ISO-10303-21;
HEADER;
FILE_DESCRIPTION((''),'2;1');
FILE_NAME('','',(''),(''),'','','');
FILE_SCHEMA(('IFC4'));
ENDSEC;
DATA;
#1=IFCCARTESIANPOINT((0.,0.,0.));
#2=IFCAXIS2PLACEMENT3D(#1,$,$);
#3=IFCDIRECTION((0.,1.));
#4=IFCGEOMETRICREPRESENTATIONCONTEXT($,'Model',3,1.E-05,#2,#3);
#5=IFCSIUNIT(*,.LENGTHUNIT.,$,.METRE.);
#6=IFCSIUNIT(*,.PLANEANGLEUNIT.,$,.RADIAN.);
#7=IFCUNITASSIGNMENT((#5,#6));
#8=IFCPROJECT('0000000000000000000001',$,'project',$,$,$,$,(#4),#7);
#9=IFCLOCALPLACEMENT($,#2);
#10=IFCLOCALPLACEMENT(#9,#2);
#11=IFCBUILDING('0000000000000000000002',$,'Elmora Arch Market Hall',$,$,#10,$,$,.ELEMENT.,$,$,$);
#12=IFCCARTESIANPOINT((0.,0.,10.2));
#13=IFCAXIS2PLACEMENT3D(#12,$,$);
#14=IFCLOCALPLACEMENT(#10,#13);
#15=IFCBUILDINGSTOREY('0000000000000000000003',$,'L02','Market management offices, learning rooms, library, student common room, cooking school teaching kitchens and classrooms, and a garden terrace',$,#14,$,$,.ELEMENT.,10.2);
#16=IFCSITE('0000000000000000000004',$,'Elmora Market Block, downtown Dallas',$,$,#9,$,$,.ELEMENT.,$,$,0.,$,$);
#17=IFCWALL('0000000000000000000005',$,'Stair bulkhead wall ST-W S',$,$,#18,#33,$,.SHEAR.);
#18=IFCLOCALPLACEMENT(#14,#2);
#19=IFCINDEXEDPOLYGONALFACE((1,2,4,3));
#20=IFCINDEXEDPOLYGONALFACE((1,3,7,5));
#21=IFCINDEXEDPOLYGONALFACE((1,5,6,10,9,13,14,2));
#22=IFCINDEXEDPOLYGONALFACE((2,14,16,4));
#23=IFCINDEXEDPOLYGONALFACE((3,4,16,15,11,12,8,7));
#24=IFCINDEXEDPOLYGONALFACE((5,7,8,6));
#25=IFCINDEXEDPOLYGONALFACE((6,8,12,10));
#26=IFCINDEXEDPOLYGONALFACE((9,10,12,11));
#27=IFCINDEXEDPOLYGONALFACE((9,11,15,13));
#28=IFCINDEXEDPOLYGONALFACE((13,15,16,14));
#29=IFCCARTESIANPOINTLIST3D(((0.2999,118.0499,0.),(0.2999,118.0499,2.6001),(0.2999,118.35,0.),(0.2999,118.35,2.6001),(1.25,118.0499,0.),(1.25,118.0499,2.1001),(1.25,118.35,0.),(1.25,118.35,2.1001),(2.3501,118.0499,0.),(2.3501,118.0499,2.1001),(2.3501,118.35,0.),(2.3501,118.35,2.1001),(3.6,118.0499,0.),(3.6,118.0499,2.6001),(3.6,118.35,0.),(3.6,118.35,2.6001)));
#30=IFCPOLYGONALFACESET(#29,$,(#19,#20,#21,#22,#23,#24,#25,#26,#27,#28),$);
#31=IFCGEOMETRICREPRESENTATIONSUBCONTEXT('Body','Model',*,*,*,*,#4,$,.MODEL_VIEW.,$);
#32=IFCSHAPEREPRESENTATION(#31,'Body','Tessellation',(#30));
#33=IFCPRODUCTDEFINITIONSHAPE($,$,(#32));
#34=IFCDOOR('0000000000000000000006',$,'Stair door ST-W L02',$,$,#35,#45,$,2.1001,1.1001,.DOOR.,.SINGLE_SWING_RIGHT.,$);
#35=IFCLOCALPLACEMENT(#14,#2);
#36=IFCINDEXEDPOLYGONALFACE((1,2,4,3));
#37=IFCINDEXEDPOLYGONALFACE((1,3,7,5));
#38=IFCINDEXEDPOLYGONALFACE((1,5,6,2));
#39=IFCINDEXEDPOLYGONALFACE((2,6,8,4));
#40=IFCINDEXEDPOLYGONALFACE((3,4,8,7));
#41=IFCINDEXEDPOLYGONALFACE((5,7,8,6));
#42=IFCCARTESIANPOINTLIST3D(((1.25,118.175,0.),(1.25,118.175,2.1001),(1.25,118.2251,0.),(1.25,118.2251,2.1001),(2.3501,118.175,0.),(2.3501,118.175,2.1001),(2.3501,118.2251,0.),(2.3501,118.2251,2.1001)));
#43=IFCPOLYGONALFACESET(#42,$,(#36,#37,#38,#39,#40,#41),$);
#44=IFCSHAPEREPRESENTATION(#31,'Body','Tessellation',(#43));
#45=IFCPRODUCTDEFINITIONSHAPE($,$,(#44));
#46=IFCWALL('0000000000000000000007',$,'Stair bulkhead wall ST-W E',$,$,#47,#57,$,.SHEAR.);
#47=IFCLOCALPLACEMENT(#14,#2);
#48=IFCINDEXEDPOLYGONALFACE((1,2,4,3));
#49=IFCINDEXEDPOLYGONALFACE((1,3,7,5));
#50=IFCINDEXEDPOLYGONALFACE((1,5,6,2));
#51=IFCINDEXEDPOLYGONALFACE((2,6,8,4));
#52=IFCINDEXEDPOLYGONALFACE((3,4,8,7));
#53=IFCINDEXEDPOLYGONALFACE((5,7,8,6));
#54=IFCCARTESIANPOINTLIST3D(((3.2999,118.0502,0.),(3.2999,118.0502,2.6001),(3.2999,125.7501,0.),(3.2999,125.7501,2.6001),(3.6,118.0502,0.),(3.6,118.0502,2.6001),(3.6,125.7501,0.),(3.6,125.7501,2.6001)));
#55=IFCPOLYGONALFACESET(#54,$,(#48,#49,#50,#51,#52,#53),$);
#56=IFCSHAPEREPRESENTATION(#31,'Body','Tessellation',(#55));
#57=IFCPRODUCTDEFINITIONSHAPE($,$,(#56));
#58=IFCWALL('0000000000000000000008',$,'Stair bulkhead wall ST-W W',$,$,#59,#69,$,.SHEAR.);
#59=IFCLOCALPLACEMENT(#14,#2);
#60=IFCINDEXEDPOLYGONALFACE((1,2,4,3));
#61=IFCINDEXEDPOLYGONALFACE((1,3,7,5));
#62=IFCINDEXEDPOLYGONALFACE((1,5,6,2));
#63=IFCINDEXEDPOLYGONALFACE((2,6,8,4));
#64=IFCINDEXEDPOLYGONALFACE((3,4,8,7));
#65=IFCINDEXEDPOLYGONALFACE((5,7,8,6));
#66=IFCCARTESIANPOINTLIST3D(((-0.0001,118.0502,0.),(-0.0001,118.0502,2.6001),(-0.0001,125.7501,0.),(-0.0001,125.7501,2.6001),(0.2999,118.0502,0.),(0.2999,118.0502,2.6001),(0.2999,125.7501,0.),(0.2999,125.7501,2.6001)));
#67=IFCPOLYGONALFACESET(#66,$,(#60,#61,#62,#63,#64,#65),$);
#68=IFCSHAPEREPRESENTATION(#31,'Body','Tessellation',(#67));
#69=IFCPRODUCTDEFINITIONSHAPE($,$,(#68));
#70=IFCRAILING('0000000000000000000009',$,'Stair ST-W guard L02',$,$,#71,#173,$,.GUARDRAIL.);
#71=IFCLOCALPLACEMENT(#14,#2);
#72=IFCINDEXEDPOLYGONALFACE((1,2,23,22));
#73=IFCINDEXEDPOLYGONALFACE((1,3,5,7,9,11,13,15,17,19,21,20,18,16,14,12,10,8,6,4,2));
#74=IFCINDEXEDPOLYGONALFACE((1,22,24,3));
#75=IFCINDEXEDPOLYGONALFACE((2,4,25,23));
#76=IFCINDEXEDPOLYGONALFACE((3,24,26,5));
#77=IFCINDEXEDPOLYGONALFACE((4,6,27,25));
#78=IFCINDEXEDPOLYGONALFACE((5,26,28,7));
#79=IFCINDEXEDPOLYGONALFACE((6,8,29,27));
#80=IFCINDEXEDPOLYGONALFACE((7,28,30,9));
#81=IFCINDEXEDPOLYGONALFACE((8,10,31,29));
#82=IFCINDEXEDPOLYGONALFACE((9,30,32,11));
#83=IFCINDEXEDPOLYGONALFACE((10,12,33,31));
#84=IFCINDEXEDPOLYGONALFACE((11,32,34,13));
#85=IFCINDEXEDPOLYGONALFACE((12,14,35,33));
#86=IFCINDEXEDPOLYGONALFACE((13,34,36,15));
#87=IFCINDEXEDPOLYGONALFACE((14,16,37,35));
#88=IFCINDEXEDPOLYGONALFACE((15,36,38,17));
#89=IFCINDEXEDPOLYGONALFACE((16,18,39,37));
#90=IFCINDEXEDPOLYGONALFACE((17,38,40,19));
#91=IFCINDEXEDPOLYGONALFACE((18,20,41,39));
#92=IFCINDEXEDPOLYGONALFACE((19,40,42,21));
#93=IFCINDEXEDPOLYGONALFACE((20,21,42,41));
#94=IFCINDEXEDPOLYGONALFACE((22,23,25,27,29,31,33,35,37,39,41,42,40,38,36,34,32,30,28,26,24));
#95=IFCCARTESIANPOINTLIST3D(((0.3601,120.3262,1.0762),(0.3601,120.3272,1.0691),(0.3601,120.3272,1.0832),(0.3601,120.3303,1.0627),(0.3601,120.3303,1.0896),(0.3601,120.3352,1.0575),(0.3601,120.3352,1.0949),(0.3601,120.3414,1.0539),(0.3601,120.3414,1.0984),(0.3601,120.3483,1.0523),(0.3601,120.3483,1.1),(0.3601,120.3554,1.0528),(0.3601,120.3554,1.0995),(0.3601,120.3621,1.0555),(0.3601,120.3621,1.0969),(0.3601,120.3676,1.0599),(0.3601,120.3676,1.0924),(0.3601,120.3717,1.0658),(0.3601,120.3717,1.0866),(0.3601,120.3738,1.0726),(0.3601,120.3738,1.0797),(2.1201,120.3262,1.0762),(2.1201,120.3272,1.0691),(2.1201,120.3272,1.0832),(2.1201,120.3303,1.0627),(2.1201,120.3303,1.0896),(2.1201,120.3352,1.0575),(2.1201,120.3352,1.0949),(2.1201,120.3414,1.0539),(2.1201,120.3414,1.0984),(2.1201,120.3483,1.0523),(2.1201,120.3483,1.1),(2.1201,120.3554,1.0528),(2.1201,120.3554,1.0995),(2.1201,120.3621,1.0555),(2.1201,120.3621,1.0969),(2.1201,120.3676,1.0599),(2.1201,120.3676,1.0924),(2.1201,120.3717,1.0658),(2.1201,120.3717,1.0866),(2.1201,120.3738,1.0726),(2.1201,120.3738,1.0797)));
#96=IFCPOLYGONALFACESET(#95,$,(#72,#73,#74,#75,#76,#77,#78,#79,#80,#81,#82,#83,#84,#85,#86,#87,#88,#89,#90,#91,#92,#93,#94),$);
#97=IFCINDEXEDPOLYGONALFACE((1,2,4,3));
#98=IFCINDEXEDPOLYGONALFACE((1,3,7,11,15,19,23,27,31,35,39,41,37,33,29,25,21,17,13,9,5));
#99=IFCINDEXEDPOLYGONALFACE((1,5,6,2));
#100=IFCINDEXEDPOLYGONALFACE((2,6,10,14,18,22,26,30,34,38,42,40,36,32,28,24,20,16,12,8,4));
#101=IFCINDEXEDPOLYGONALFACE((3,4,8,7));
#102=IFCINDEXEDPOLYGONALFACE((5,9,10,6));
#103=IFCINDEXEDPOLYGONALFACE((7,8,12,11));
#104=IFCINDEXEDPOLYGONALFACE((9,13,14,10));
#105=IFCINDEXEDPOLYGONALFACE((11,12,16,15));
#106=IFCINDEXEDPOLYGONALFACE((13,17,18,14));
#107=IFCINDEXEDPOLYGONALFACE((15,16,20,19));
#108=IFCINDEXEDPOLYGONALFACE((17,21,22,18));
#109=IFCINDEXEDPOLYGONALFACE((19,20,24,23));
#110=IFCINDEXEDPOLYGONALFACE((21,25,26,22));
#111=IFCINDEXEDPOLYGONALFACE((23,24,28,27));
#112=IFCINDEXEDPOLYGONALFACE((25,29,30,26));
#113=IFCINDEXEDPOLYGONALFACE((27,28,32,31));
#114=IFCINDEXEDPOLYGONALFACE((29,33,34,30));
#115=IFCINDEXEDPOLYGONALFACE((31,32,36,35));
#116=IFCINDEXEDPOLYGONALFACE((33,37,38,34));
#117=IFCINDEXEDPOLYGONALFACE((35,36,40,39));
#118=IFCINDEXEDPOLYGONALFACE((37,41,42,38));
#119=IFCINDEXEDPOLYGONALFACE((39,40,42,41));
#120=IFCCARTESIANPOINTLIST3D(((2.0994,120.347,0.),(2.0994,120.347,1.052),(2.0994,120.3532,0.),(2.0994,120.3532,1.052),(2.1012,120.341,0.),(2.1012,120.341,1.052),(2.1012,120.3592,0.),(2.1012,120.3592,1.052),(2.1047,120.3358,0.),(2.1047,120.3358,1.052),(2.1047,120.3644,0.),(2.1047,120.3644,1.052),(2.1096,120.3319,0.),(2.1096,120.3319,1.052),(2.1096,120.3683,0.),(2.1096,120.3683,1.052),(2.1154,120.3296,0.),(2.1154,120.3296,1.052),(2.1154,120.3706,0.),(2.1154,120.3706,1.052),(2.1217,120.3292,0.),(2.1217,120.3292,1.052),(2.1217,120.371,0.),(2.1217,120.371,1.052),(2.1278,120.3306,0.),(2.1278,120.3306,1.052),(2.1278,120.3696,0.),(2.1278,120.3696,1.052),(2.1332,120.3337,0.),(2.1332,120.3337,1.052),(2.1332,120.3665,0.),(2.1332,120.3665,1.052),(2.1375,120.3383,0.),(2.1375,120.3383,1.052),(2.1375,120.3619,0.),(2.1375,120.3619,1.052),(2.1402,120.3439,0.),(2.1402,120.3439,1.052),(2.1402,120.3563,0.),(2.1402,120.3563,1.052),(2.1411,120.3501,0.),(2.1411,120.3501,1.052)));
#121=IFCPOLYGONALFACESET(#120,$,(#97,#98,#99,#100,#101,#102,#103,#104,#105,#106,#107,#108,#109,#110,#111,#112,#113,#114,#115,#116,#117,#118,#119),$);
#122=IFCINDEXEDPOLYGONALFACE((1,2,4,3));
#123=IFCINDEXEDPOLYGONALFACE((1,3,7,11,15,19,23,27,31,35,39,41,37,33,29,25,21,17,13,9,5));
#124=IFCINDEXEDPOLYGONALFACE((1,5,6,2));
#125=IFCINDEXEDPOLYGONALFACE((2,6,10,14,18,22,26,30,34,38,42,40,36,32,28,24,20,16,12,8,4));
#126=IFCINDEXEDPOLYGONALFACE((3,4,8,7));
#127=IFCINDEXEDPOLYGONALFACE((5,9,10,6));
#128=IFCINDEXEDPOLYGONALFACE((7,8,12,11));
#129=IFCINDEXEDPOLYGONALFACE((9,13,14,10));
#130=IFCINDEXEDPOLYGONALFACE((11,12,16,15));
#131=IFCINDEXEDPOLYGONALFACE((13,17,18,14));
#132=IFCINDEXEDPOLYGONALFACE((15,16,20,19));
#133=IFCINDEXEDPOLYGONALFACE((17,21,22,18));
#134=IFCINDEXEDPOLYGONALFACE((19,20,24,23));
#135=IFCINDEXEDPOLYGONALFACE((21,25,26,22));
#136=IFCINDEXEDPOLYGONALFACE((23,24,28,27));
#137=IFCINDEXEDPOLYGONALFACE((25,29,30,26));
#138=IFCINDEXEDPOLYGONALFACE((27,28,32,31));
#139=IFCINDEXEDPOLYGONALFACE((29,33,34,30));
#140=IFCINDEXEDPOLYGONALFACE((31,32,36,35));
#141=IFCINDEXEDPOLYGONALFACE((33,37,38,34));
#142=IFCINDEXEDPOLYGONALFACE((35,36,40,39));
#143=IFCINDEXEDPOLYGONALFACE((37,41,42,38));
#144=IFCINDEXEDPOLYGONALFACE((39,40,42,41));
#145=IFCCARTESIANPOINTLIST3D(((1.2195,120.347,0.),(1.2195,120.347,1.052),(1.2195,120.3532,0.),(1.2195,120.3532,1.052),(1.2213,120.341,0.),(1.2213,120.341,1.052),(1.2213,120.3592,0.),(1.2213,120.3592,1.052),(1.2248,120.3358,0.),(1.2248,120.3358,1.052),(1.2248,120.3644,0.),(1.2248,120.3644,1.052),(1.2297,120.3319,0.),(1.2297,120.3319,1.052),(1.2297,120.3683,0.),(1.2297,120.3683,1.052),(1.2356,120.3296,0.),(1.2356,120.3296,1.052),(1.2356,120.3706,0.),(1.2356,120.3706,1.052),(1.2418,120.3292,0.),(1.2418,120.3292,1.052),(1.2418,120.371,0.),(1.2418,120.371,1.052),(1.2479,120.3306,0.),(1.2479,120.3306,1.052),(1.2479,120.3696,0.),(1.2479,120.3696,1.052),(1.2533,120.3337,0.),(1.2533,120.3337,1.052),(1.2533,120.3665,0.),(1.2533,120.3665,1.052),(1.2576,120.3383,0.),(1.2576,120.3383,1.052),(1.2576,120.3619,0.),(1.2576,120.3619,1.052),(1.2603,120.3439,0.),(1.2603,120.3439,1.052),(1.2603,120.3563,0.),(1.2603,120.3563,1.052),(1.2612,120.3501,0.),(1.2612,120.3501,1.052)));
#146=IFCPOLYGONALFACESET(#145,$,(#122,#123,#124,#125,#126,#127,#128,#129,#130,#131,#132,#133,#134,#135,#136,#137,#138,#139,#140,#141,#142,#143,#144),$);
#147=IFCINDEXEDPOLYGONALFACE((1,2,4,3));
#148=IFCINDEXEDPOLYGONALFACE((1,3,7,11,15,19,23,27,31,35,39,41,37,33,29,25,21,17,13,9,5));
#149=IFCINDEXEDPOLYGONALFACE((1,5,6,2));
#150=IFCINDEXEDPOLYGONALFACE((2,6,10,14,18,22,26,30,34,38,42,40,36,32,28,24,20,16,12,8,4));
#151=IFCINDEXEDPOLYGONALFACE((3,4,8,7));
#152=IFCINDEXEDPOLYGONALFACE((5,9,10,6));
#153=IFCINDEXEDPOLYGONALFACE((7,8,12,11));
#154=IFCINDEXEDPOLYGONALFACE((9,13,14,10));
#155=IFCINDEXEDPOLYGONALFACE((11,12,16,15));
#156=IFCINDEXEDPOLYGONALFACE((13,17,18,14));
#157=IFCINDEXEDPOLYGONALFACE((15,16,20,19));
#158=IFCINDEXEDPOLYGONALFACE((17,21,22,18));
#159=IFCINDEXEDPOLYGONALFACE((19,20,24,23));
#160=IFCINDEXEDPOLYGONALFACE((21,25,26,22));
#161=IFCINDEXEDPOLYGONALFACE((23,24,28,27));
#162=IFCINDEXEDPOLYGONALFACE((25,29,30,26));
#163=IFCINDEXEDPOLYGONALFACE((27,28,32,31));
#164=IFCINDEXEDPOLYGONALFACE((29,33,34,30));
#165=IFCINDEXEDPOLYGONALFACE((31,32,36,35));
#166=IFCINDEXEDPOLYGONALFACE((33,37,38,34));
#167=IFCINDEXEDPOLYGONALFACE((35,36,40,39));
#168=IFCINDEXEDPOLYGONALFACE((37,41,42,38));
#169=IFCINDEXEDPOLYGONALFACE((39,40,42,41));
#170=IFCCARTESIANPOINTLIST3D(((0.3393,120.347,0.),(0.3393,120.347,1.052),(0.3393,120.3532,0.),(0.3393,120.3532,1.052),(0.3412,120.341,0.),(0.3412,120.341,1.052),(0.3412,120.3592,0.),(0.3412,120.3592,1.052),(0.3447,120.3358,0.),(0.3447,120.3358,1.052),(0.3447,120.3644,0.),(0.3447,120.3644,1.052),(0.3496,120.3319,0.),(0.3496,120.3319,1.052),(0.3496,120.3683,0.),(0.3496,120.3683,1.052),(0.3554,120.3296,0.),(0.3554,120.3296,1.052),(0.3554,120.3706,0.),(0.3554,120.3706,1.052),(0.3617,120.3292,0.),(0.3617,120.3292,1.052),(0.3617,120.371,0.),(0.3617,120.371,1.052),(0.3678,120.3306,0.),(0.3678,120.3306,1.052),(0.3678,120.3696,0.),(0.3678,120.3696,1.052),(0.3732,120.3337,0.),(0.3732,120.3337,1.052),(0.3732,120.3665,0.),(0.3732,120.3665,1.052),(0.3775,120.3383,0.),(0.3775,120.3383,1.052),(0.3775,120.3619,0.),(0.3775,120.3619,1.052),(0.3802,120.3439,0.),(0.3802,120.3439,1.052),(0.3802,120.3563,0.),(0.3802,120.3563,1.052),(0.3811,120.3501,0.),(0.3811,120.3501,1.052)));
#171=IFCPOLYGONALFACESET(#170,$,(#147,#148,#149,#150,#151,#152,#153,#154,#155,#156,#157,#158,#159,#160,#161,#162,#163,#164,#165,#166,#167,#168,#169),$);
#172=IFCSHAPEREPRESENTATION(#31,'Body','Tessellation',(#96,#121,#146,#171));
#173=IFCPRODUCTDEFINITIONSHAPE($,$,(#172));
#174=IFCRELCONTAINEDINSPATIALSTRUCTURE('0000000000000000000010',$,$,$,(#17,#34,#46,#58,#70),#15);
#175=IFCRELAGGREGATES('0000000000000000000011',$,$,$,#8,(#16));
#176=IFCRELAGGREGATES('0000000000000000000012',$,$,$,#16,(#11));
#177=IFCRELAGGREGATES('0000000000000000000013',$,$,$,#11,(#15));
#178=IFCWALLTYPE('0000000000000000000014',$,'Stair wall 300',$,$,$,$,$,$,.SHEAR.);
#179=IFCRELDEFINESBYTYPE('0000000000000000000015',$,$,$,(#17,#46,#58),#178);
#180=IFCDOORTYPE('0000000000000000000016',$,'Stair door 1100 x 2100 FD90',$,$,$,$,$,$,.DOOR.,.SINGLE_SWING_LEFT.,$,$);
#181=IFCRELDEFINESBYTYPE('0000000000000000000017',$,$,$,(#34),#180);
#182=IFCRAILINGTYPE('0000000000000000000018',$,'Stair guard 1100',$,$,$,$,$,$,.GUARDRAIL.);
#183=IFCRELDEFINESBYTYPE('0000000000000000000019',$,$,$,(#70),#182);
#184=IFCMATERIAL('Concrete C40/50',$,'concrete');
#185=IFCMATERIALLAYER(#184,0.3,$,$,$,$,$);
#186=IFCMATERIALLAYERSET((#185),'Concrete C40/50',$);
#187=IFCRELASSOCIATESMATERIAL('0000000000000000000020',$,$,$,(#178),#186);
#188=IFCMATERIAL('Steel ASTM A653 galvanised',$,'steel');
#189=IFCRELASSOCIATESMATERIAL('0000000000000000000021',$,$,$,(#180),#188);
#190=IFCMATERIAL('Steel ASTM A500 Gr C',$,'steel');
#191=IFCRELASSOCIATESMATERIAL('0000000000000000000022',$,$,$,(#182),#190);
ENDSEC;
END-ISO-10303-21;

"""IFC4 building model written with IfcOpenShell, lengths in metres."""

from ifc_helpers import new_model, si_unit, direction, frame, frame_2d, origin, origin_2d, place, context, subcontext, project, spatial, rectangle, circle, extrude, material, layer, layer_set, type_object, element, fill, save


model = new_model("IFC4")

# Units and contexts
model_context = context("Model", 3, precision=1e-05, world=origin(), true_north=direction((0.0, 1.0)))
body_context = subcontext(model_context, "Body", "Model", "MODEL_VIEW")
ifc_project = project(units=[si_unit("LENGTHUNIT", "METRE"), si_unit("PLANEANGLEUNIT", "RADIAN")], contexts=[model_context])

# Site, building, storey
site_placement = place(None, origin())
site = spatial("IfcSite", under=ifc_project, at=site_placement, Name="Elmora Market Block, downtown Dallas", CompositionType="ELEMENT", RefElevation=0.0)
building_placement = place(site_placement, origin())
building = spatial("IfcBuilding", under=site, at=building_placement, Name="Elmora Arch Market Hall", CompositionType="ELEMENT")
storey_placement = place(building_placement, frame((0.0, 0.0, 10.2)))
storey = spatial("IfcBuildingStorey", under=building, at=storey_placement, Name="L02", Description="Market management offices, learning rooms, library, student common room, cooking school teaching kitchens and classrooms, and a garden terrace", CompositionType="ELEMENT", Elevation=10.2)

# Wall, opening, door
ifc_material_1 = material(Name="Concrete C40/50", Category="concrete")
ifc_layer_1 = layer(ifc_material_1, 0.3)
ifc_layer_set_1 = layer_set([ifc_layer_1], Name="Concrete C40/50")
wall_type_1 = type_object("IfcWallType", Name="Stair wall 300", PredefinedType="SHEAR", material=ifc_layer_set_1)
wall_1_placement = place(storey_placement, frame((0.3, 118.2, 0.0), z_axis=(0.0, 0.0, 1.0), x_axis=(1.0, 0.0, 0.0)))
wall_1 = element("IfcWall", 1, at=wall_1_placement, inside=storey, type_object=wall_type_1, Name="Stair bulkhead wall ST-W S", PredefinedType="SHEAR", context=body_context, shape_type="SweptSolid", body=[
    extrude(rectangle(XDim=3.3, YDim=0.3, at=frame_2d((1.6499, 0.0))), origin(), (0.0, 0.0, 1.0), 2.6001),
])
opening_1_placement = place(wall_1_placement, frame((0.95, 0.0, 0.0)))
opening_1 = element("IfcOpeningElement", 2, at=opening_1_placement, cuts=wall_1, PredefinedType="OPENING", context=body_context, shape_type="SweptSolid", body=[
    extrude(rectangle(XDim=1.1001, YDim=2.1001, at=frame_2d((0.55, 1.05))), frame((0.0, 0.1599, 0.0), z_axis=(0.0, -1.0, 0.0), x_axis=(1.0, 0.0, 0.0)), (0.0, 0.0, 1.0), 0.3201),
])
ifc_material_2 = material(Name="Steel ASTM A653 galvanised", Category="steel")
door_type_1 = type_object("IfcDoorType", Name="Stair door 1100 x 2100 FD90", OperationType="SINGLE_SWING_LEFT", PredefinedType="DOOR", material=ifc_material_2)
door_1_placement = place(opening_1_placement, frame((1.1001, 0.0, 0.0), z_axis=(0.0, 0.0, 1.0), x_axis=(-1.0, 0.0, 0.0)))
door_1 = element("IfcDoor", 3, at=door_1_placement, inside=storey, type_object=door_type_1, Name="Stair door ST-W L02", OperationType="SINGLE_SWING_RIGHT", OverallHeight=2.1001, OverallWidth=1.1001, PredefinedType="DOOR", context=body_context, shape_type="SweptSolid", body=[
    extrude(rectangle(XDim=1.1001, YDim=2.1001, at=frame_2d((0.55, 1.05))), frame((0.0, 0.0249, 0.0), z_axis=(0.0, -1.0, 0.0), x_axis=(1.0, 0.0, 0.0)), (0.0, 0.0, 1.0), 0.05),
])
fill(opening_1, door_1)

# Walls
for number, where, z_axis, x_axis, name in (
    (4, (3.45, 118.05, 0.0), (0.0, 0.0, 1.0), (0.0, 1.0, 0.0), "Stair bulkhead wall ST-W E"),
    (5, (0.1499, 118.05, 0.0), (0.0, 0.0, 1.0), (0.0, 1.0, 0.0), "Stair bulkhead wall ST-W W"),
):
    element("IfcWall", number, at=place(storey_placement, frame(where, z_axis=z_axis, x_axis=x_axis)), inside=storey, type_object=wall_type_1, Name=name, PredefinedType="SHEAR", context=body_context, shape_type="SweptSolid", body=[
        extrude(rectangle(XDim=7.7, YDim=0.3, at=frame_2d((3.8501, 0.0))), origin(), (0.0, 0.0, 1.0), 2.6001),
    ])

# Railing
ifc_material_3 = material(Name="Steel ASTM A500 Gr C", Category="steel")
railing_type = type_object("IfcRailingType", Name="Stair guard 1100", PredefinedType="GUARDRAIL", material=ifc_material_3)
railing_placement = place(storey_placement, frame((2.1201, 120.3501, 0.0)))
element("IfcRailing", 6, at=railing_placement, inside=storey, type_object=railing_type, Name="Stair ST-W guard L02", PredefinedType="GUARDRAIL", context=body_context, shape_type="SweptSolid", body=[
    extrude(circle(Radius=0.0239, at=origin_2d()), frame((0.0, 0.0, 1.0762), z_axis=(-1.0, 0.0, 0.0), x_axis=(0.0, -1.0, 0.0)), (0.0, 0.0, 1.0), 1.76),
    extrude(circle(Radius=0.021, at=origin_2d()), origin(), (0.0, 0.0, 1.0), 1.052),
    extrude(circle(Radius=0.021, at=origin_2d()), frame((-0.8799, 0.0, 0.0)), (0.0, 0.0, 1.0), 1.052),
    extrude(circle(Radius=0.021, at=origin_2d()), frame((-1.76, 0.0, 0.0)), (0.0, 0.0, 1.0), 1.052),
])

save(model, "model.ifc")
